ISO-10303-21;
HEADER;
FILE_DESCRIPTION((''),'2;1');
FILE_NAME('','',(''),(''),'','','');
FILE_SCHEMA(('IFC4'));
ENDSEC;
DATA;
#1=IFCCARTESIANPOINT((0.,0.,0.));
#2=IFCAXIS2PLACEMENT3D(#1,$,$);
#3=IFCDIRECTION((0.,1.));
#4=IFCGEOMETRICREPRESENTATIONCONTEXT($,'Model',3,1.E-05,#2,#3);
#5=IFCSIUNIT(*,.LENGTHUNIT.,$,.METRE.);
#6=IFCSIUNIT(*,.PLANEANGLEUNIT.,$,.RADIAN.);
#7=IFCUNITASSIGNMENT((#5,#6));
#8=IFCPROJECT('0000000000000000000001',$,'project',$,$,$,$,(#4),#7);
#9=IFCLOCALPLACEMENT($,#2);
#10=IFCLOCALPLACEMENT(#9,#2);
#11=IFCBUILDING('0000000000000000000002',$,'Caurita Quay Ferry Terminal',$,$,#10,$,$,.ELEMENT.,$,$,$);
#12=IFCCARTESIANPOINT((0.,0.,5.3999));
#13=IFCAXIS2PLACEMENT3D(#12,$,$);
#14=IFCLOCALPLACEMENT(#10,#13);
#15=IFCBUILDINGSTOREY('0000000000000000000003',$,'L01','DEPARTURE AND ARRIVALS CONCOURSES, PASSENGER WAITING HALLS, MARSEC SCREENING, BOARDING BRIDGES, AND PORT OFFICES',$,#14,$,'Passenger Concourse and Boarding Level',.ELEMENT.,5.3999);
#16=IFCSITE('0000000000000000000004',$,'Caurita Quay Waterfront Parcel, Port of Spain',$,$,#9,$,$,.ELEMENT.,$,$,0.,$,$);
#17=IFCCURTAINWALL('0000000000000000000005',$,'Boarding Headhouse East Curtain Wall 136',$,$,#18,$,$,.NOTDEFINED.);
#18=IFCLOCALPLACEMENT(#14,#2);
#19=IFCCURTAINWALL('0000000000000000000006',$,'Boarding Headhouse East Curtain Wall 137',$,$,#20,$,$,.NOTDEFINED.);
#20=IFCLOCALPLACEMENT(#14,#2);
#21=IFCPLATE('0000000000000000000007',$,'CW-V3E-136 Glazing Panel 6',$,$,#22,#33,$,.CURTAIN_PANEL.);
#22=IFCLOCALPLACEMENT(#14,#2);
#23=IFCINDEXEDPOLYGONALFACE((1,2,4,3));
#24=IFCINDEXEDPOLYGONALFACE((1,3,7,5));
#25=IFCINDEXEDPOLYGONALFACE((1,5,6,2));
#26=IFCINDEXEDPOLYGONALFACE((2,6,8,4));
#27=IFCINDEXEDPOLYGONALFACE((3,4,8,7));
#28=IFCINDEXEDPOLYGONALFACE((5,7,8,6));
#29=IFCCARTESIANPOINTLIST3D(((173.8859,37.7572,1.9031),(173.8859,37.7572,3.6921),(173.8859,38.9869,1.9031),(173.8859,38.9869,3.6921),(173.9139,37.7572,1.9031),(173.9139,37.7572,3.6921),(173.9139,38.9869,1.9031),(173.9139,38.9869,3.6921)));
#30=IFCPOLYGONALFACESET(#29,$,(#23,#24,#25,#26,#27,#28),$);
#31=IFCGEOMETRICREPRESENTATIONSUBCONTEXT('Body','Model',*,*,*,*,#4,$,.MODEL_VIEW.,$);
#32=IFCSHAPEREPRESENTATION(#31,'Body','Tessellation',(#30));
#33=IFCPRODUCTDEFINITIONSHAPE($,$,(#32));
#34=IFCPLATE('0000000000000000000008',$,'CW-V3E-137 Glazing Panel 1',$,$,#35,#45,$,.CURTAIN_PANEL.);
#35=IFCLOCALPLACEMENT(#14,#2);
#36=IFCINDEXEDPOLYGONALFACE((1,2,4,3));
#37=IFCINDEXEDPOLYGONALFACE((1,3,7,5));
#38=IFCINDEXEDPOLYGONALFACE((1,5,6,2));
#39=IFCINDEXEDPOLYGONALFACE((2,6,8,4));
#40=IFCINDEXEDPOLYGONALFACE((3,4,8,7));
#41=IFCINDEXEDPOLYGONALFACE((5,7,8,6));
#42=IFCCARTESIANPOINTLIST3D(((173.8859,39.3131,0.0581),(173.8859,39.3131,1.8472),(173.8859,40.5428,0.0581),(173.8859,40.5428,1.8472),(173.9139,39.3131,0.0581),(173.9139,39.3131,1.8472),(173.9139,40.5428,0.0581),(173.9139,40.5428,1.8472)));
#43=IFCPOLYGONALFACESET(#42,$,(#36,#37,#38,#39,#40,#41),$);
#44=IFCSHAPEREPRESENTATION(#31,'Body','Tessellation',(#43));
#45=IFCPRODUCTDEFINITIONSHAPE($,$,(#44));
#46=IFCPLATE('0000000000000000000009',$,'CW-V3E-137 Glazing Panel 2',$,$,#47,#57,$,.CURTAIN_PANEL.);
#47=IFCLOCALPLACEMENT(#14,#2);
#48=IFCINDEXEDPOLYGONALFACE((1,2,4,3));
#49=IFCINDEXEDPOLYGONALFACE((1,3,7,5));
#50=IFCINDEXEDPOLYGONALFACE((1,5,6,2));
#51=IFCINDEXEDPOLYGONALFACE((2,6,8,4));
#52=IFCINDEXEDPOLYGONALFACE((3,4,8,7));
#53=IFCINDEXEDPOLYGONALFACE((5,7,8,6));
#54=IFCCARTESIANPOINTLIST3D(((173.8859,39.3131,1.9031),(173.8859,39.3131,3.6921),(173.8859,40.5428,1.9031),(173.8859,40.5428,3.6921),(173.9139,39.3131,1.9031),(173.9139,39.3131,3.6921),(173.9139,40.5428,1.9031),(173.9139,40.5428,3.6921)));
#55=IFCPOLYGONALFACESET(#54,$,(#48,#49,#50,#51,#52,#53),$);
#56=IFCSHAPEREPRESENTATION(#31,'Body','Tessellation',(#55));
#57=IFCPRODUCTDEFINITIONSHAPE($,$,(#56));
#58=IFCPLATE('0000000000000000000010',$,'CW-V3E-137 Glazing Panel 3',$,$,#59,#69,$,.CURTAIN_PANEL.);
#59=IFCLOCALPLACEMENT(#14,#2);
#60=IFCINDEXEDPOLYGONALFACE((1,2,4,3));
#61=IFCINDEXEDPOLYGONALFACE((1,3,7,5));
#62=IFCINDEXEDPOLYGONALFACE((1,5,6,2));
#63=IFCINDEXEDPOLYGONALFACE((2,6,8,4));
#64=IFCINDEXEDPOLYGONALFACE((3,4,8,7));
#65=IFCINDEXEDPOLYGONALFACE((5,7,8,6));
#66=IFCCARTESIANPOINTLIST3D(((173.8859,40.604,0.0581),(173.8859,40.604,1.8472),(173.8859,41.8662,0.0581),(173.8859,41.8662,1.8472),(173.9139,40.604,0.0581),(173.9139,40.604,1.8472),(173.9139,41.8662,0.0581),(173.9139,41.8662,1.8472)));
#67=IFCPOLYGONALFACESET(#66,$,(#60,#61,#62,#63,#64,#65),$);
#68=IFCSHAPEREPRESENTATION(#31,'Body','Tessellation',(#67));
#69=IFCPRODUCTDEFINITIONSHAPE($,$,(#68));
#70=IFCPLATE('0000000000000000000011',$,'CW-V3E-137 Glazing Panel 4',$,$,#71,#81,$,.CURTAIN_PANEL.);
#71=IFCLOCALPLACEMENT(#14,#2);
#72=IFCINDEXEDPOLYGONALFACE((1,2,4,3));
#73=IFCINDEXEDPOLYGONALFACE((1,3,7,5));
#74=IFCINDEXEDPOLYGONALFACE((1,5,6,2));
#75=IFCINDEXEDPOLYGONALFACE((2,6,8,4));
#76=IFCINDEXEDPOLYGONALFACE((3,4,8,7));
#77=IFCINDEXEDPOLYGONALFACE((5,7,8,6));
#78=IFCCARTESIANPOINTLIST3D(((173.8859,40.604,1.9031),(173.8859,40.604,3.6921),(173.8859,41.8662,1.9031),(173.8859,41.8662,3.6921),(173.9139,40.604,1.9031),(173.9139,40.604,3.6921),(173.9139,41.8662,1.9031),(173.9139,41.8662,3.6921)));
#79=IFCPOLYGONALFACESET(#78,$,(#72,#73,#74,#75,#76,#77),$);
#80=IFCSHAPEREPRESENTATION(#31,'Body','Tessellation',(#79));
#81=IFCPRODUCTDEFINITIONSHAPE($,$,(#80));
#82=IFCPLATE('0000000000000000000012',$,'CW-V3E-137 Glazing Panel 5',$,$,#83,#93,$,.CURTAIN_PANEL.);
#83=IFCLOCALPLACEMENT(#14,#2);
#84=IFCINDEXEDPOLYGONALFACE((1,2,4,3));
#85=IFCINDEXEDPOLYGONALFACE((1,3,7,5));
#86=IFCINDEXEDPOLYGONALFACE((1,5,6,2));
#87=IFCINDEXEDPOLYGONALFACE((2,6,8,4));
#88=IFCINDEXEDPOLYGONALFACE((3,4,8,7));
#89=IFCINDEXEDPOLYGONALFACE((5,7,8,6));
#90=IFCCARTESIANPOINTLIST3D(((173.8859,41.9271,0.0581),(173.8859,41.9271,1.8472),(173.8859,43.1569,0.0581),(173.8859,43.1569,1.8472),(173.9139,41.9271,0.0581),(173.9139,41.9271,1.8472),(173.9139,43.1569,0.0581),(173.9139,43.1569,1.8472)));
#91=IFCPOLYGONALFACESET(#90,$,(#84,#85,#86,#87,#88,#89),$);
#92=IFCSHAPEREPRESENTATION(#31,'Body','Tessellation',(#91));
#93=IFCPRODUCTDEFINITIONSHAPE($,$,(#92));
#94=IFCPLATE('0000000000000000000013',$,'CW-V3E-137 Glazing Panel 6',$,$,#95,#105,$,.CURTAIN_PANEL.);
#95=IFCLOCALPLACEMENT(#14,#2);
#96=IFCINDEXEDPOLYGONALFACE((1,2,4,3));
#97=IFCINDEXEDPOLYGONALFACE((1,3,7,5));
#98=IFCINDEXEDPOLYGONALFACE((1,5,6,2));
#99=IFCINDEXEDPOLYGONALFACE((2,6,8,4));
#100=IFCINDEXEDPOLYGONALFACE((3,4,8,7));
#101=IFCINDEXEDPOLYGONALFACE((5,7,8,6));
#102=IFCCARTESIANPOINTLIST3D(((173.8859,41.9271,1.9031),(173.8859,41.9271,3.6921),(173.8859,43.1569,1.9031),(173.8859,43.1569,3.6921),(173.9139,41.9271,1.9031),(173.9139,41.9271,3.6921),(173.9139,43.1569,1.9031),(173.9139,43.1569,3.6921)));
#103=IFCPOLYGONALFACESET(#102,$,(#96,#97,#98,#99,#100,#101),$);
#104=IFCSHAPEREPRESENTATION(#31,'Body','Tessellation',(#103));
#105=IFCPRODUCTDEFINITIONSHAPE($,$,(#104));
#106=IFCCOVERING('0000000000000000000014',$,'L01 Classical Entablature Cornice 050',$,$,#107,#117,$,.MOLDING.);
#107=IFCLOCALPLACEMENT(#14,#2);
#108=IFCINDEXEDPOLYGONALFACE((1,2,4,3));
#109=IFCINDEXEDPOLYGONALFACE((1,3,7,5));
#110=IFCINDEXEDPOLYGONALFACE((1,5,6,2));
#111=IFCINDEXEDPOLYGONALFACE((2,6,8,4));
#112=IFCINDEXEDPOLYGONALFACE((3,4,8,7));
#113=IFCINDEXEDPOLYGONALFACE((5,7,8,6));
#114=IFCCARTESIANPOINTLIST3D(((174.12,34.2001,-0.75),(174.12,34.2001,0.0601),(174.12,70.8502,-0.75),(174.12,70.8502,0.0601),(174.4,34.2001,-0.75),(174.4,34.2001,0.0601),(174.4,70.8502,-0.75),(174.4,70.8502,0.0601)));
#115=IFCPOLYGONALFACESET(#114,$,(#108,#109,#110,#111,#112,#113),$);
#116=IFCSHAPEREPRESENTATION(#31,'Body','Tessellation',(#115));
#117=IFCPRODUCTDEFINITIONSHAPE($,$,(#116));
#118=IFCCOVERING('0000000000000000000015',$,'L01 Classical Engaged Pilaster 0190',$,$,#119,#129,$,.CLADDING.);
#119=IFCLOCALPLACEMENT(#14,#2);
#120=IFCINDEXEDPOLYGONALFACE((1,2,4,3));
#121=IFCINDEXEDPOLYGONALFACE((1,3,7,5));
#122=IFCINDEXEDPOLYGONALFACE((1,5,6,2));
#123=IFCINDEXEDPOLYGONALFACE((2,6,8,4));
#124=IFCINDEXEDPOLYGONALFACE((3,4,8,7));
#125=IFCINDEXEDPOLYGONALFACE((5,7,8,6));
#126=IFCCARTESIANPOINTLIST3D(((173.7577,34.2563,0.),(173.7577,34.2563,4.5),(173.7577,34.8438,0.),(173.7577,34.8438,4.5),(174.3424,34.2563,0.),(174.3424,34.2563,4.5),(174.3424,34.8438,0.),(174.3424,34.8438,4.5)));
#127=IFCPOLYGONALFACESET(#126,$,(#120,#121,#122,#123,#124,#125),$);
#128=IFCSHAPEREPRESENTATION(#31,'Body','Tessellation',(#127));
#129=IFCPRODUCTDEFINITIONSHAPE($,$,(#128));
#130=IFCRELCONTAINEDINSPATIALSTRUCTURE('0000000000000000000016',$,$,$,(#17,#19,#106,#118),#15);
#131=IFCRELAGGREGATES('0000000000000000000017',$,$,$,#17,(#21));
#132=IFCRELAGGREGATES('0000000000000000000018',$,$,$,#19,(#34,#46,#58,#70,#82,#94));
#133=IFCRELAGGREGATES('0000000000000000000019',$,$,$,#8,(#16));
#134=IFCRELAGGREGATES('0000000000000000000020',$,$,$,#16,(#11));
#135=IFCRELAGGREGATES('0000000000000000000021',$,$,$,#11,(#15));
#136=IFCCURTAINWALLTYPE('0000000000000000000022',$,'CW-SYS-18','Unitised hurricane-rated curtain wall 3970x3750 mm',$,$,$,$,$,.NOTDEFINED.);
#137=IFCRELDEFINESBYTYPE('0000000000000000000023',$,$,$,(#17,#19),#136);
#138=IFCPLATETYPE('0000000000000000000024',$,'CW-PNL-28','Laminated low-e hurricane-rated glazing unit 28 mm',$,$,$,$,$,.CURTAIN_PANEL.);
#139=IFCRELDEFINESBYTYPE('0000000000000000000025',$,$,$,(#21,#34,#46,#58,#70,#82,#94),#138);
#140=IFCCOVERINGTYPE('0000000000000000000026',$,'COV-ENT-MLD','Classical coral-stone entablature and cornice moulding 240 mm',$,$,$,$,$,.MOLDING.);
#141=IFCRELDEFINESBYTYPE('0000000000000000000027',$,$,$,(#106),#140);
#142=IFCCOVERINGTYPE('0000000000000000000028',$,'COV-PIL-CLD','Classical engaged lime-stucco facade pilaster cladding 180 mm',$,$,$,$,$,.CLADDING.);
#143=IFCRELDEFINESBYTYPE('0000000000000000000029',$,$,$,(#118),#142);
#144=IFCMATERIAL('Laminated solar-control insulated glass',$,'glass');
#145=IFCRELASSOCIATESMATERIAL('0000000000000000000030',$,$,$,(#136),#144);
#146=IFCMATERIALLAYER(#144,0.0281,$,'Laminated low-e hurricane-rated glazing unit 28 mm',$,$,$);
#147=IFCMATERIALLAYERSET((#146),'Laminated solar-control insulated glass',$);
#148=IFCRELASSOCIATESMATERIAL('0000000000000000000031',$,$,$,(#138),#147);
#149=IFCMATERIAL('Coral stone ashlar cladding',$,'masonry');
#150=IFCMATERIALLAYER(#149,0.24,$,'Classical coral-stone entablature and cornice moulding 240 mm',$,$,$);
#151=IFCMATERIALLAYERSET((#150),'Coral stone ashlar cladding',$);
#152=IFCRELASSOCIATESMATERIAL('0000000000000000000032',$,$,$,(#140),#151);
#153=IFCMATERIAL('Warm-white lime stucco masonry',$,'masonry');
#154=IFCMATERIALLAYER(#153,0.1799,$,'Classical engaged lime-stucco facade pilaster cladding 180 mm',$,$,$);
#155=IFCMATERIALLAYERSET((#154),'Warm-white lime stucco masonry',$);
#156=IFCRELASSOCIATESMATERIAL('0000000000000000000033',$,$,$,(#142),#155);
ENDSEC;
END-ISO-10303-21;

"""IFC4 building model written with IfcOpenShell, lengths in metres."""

from ifc_helpers import new_model, si_unit, direction, frame, frame_2d, origin, origin_2d, place, context, subcontext, project, spatial, rectangle, extrude, material, layer, layer_set, type_object, element, aggregate, save


model = new_model("IFC4")

# Units and contexts
model_context = context("Model", 3, precision=1e-05, world=origin(), true_north=direction((0.0, 1.0)))
body_context = subcontext(model_context, "Body", "Model", "MODEL_VIEW")
ifc_project = project(units=[si_unit("LENGTHUNIT", "METRE"), si_unit("PLANEANGLEUNIT", "RADIAN")], contexts=[model_context])

# Site, building, storey
site_placement = place(None, origin())
site = spatial("IfcSite", under=ifc_project, at=site_placement, Name="Caurita Quay Waterfront Parcel, Port of Spain", CompositionType="ELEMENT", RefElevation=0.0)
building_placement = place(site_placement, origin())
building = spatial("IfcBuilding", under=site, at=building_placement, Name="Caurita Quay Ferry Terminal", CompositionType="ELEMENT")
storey_placement = place(building_placement, frame((0.0, 0.0, 5.3999)))
storey = spatial("IfcBuildingStorey", under=building, at=storey_placement, Name="L01", Description="DEPARTURE AND ARRIVALS CONCOURSES, PASSENGER WAITING HALLS, MARSEC SCREENING, BOARDING BRIDGES, AND PORT OFFICES", LongName="Passenger Concourse and Boarding Level", CompositionType="ELEMENT", Elevation=5.3999)

# Curtain wall
ifc_material_1 = material(Name="Laminated solar-control insulated glass", Category="glass")
curtain_wall_type = type_object("IfcCurtainWallType", Name="CW-SYS-18", Description="Unitised hurricane-rated curtain wall 3970x3750 mm", PredefinedType="NOTDEFINED", material=ifc_material_1)
curtain_wall_1_placement = place(storey_placement, origin())
curtain_wall_1 = element("IfcCurtainWall", 1, at=curtain_wall_1_placement, inside=storey, type_object=curtain_wall_type, Name="Boarding Headhouse East Curtain Wall 136", PredefinedType="NOTDEFINED")

# Curtain wall
curtain_wall_2_placement = place(storey_placement, origin())
curtain_wall_2 = element("IfcCurtainWall", 2, at=curtain_wall_2_placement, inside=storey, type_object=curtain_wall_type, Name="Boarding Headhouse East Curtain Wall 137", PredefinedType="NOTDEFINED")

# Plates
ifc_layer_1 = layer(ifc_material_1, 0.0281, Name="Laminated low-e hurricane-rated glazing unit 28 mm")
ifc_layer_set_1 = layer_set([ifc_layer_1], Name="Laminated solar-control insulated glass")
plate_type = type_object("IfcPlateType", Name="CW-PNL-28", Description="Laminated low-e hurricane-rated glazing unit 28 mm", PredefinedType="CURTAIN_PANEL", material=ifc_layer_set_1)
plate_1_placement = place(storey_placement, frame((173.8999, 38.3721, 1.9031), z_axis=(0.0, 0.0, 1.0), x_axis=(0.0, 1.0, 0.0)))
plate_1 = element("IfcPlate", 3, at=plate_1_placement, type_object=plate_type, Name="CW-V3E-136 Glazing Panel 6", PredefinedType="CURTAIN_PANEL", context=body_context, shape_type="SweptSolid", body=[
    extrude(rectangle(XDim=1.2297, YDim=0.0281, at=origin_2d()), origin(), (0.0, 0.0, 1.0), 1.7891),
])
aggregate(curtain_wall_1, [plate_1])
plate_2_placement = place(storey_placement, frame((173.8999, 39.928, 0.0581), z_axis=(0.0, 0.0, 1.0), x_axis=(0.0, 1.0, 0.0)))
plate_2 = element("IfcPlate", 4, at=plate_2_placement, type_object=plate_type, Name="CW-V3E-137 Glazing Panel 1", PredefinedType="CURTAIN_PANEL", context=body_context, shape_type="SweptSolid", body=[
    extrude(rectangle(XDim=1.2297, YDim=0.0281, at=origin_2d()), origin(), (0.0, 0.0, 1.0), 1.7891),
])
plate_3_placement = place(storey_placement, frame((173.8999, 39.928, 1.9031), z_axis=(0.0, 0.0, 1.0), x_axis=(0.0, 1.0, 0.0)))
plate_3 = element("IfcPlate", 5, at=plate_3_placement, type_object=plate_type, Name="CW-V3E-137 Glazing Panel 2", PredefinedType="CURTAIN_PANEL", context=body_context, shape_type="SweptSolid", body=[
    extrude(rectangle(XDim=1.2297, YDim=0.0281, at=origin_2d()), origin(), (0.0, 0.0, 1.0), 1.7891),
])
plate_4_placement = place(storey_placement, frame((173.8999, 41.2351, 0.0581), z_axis=(0.0, 0.0, 1.0), x_axis=(0.0, 1.0, 0.0)))
plate_4 = element("IfcPlate", 6, at=plate_4_placement, type_object=plate_type, Name="CW-V3E-137 Glazing Panel 3", PredefinedType="CURTAIN_PANEL", context=body_context, shape_type="SweptSolid", body=[
    extrude(rectangle(XDim=1.2622, YDim=0.0281, at=origin_2d()), origin(), (0.0, 0.0, 1.0), 1.7891),
])
plate_5_placement = place(storey_placement, frame((173.8999, 41.2351, 1.9031), z_axis=(0.0, 0.0, 1.0), x_axis=(0.0, 1.0, 0.0)))
plate_5 = element("IfcPlate", 7, at=plate_5_placement, type_object=plate_type, Name="CW-V3E-137 Glazing Panel 4", PredefinedType="CURTAIN_PANEL", context=body_context, shape_type="SweptSolid", body=[
    extrude(rectangle(XDim=1.2622, YDim=0.0281, at=origin_2d()), origin(), (0.0, 0.0, 1.0), 1.7891),
])
plate_6_placement = place(storey_placement, frame((173.8999, 42.542, 0.0581), z_axis=(0.0, 0.0, 1.0), x_axis=(0.0, 1.0, 0.0)))
plate_6 = element("IfcPlate", 8, at=plate_6_placement, type_object=plate_type, Name="CW-V3E-137 Glazing Panel 5", PredefinedType="CURTAIN_PANEL", context=body_context, shape_type="SweptSolid", body=[
    extrude(rectangle(XDim=1.2297, YDim=0.0281, at=origin_2d()), origin(), (0.0, 0.0, 1.0), 1.7891),
])
plate_7_placement = place(storey_placement, frame((173.8999, 42.542, 1.9031), z_axis=(0.0, 0.0, 1.0), x_axis=(0.0, 1.0, 0.0)))
plate_7 = element("IfcPlate", 9, at=plate_7_placement, type_object=plate_type, Name="CW-V3E-137 Glazing Panel 6", PredefinedType="CURTAIN_PANEL", context=body_context, shape_type="SweptSolid", body=[
    extrude(rectangle(XDim=1.2297, YDim=0.0281, at=origin_2d()), origin(), (0.0, 0.0, 1.0), 1.7891),
])
aggregate(curtain_wall_2, [plate_2, plate_3, plate_4, plate_5, plate_6, plate_7])

# Coverings
ifc_material_2 = material(Name="Coral stone ashlar cladding", Category="masonry")
ifc_layer_2 = layer(ifc_material_2, 0.24, Name="Classical coral-stone entablature and cornice moulding 240 mm")
ifc_layer_set_2 = layer_set([ifc_layer_2], Name="Coral stone ashlar cladding")
covering_type_1 = type_object("IfcCoveringType", Name="COV-ENT-MLD", Description="Classical coral-stone entablature and cornice moulding 240 mm", PredefinedType="MOLDING", material=ifc_layer_set_2)
covering_1_placement = place(storey_placement, frame((174.26, 34.2, -0.75), z_axis=(0.0, 0.0, 1.0), x_axis=(0.0, 1.0, 0.0)))
element("IfcCovering", 10, at=covering_1_placement, inside=storey, type_object=covering_type_1, Name="L01 Classical Entablature Cornice 050", PredefinedType="MOLDING", context=body_context, shape_type="SweptSolid", body=[
    extrude(rectangle(XDim=36.6501, YDim=0.28, at=frame_2d((18.3252, 0.0))), origin(), (0.0, 0.0, 1.0), 0.8101),
])
ifc_material_3 = material(Name="Warm-white lime stucco masonry", Category="masonry")
ifc_layer_3 = layer(ifc_material_3, 0.1799, Name="Classical engaged lime-stucco facade pilaster cladding 180 mm")
ifc_layer_set_3 = layer_set([ifc_layer_3], Name="Warm-white lime stucco masonry")
covering_type_2 = type_object("IfcCoveringType", Name="COV-PIL-CLD", Description="Classical engaged lime-stucco facade pilaster cladding 180 mm", PredefinedType="CLADDING", material=ifc_layer_set_3)
covering_2_placement = place(storey_placement, frame((174.05, 34.55, 0.0), z_axis=(0.0, 0.0, 1.0), x_axis=(1.0, 0.0, 0.0)))
element("IfcCovering", 11, at=covering_2_placement, inside=storey, type_object=covering_type_2, Name="L01 Classical Engaged Pilaster 0190", PredefinedType="CLADDING", context=body_context, shape_type="SweptSolid", body=[
    extrude(rectangle(XDim=0.5847, YDim=0.5874, at=origin_2d()), origin(), (0.0, 0.0, 1.0), 4.5),
])

save(model, "model.ifc")
